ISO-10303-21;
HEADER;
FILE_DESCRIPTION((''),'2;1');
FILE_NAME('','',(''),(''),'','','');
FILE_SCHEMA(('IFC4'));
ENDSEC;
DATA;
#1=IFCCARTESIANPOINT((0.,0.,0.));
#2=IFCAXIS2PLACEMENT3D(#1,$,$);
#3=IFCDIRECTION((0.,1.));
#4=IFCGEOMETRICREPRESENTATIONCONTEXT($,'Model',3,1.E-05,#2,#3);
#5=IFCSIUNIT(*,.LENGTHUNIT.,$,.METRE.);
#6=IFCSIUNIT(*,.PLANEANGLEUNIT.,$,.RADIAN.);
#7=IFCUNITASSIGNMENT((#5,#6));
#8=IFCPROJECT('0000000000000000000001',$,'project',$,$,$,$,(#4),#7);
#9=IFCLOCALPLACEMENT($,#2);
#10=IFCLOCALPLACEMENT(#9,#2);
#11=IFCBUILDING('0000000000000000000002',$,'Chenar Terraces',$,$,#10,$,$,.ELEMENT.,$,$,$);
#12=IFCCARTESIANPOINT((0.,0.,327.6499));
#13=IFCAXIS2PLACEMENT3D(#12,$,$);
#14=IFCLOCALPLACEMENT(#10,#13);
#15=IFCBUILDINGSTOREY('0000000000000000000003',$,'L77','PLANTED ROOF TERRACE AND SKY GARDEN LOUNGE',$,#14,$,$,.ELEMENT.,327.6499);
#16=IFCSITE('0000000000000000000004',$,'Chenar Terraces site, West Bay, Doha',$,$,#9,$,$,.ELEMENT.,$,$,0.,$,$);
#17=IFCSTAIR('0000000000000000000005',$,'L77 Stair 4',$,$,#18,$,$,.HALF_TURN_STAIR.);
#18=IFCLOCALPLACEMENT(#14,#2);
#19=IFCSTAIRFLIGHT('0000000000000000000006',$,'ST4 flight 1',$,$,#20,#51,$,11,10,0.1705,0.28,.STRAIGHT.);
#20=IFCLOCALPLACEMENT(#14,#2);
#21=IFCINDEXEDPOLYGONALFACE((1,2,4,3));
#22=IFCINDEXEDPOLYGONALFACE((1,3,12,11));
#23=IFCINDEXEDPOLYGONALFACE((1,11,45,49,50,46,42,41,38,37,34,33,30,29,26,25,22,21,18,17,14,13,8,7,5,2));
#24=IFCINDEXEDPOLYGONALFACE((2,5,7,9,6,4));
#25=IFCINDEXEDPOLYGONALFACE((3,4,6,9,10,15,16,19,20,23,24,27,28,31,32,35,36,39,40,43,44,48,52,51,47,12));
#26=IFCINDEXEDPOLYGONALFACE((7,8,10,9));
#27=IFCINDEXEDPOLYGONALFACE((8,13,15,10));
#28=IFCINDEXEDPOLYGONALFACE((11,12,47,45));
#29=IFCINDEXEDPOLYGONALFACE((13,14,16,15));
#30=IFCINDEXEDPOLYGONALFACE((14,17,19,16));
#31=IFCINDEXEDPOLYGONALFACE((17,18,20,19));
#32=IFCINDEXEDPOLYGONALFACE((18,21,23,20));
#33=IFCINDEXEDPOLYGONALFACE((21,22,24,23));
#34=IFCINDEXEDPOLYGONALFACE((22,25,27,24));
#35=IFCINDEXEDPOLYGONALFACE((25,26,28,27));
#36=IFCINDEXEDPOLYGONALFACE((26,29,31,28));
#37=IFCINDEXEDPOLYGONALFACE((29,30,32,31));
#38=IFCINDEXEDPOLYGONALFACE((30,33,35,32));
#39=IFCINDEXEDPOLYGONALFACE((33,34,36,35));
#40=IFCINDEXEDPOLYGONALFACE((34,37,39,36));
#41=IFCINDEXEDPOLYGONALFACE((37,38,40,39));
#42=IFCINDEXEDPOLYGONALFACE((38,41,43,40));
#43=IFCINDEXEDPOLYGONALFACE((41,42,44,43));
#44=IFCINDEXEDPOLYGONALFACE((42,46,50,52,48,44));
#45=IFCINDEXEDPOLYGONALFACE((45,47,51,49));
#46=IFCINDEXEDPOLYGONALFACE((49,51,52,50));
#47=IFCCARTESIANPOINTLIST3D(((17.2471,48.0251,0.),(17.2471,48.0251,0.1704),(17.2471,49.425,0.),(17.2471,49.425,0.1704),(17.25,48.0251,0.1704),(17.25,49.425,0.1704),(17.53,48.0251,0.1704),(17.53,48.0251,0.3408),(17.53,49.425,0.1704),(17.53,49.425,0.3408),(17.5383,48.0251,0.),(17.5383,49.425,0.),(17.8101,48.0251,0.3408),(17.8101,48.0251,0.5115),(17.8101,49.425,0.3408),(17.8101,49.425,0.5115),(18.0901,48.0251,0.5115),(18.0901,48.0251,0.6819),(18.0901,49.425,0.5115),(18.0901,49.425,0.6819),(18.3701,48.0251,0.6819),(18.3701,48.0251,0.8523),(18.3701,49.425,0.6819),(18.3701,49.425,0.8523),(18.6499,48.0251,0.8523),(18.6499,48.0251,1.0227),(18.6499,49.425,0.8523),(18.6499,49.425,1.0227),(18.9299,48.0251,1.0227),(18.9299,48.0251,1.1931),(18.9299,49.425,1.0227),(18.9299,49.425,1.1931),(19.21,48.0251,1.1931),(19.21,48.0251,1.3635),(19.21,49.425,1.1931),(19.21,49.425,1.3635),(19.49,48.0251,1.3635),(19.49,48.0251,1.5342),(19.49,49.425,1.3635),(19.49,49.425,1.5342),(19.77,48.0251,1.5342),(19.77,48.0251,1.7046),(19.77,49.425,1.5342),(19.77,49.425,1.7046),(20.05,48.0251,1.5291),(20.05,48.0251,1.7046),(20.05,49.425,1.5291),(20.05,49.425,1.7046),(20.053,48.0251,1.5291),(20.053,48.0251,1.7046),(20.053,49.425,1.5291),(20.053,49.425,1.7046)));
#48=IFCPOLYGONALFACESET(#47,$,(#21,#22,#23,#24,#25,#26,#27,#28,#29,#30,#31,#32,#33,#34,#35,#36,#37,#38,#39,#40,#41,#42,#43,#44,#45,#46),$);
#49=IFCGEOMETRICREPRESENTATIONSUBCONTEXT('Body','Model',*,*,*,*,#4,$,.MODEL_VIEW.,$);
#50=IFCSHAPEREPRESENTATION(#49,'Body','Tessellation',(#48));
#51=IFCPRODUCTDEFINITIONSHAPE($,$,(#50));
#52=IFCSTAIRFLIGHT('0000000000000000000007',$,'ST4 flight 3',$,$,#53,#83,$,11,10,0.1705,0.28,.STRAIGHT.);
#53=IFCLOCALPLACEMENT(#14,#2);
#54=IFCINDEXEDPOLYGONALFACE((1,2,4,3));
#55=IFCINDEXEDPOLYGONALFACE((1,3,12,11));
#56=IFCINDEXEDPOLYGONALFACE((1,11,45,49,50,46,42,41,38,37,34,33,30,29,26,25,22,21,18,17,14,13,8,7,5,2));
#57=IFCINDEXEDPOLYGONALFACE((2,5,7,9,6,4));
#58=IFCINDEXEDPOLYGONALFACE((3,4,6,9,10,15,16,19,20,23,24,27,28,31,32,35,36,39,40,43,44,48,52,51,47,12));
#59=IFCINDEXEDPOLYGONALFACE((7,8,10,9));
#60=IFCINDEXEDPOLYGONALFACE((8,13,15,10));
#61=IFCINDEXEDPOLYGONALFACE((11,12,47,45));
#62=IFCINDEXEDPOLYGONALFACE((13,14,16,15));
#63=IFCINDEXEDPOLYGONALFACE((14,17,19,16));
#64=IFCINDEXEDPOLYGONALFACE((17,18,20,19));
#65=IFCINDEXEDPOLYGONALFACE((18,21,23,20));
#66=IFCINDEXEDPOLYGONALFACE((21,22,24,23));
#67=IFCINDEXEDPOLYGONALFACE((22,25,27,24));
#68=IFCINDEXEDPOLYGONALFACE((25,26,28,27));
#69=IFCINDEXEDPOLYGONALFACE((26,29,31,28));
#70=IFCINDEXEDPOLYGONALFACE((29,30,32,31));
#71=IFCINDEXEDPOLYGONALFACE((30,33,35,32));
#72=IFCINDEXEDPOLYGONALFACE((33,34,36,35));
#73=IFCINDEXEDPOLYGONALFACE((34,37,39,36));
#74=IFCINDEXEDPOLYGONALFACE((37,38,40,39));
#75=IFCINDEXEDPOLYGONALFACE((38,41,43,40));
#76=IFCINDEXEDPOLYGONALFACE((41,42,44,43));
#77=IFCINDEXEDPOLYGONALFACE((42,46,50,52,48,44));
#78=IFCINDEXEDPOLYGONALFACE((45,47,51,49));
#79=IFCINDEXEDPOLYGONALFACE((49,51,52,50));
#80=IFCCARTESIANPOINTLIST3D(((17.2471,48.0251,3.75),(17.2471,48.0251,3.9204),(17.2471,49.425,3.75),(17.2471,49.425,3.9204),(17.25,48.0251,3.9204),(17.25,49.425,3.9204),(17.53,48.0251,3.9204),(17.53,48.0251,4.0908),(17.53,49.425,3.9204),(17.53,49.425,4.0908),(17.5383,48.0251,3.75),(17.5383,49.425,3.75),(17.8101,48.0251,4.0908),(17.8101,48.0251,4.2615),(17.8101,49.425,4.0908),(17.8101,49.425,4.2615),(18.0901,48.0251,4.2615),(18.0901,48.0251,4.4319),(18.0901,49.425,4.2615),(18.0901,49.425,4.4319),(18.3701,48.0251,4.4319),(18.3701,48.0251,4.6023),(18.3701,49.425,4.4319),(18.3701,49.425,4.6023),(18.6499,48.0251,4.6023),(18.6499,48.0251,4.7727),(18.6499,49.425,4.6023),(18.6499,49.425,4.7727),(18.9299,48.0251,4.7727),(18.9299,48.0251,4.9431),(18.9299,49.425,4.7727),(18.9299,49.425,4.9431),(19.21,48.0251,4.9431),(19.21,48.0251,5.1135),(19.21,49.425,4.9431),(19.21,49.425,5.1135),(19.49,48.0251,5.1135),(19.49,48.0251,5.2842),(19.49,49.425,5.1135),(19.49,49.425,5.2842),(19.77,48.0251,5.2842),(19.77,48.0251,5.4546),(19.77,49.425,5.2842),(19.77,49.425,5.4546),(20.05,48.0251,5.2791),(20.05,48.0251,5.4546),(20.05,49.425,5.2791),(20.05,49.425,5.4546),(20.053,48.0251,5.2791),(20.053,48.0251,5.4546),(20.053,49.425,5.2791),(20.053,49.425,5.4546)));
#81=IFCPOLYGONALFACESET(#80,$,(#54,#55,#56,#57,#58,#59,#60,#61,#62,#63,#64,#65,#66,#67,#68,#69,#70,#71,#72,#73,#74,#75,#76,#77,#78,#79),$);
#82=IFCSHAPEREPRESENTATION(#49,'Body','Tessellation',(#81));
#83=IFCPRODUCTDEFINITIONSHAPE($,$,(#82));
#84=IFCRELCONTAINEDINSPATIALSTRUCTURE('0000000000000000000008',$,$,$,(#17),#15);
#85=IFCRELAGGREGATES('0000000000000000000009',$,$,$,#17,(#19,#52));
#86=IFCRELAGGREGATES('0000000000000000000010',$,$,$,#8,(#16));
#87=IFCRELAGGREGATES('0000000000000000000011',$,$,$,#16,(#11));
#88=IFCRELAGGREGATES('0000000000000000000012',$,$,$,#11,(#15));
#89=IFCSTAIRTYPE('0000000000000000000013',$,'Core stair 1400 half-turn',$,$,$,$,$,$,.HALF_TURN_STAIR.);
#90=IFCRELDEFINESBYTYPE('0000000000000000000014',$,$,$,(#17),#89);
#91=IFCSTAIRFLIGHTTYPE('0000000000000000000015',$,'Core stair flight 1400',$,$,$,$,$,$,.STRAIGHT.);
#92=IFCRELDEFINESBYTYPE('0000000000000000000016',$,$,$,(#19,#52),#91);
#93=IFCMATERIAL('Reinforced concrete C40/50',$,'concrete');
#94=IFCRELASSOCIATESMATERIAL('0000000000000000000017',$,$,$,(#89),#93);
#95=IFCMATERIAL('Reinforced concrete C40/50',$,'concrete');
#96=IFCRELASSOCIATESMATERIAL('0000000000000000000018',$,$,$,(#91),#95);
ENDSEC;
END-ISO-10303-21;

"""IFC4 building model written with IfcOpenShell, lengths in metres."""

from ifc_helpers import new_model, si_unit, direction, frame, origin, place, context, subcontext, project, spatial, polyline, outline, extrude, material, type_object, element, aggregate, save


model = new_model("IFC4")

# Units and contexts
model_context = context("Model", 3, precision=1e-05, world=origin(), true_north=direction((0.0, 1.0)))
body_context = subcontext(model_context, "Body", "Model", "MODEL_VIEW")
ifc_project = project(units=[si_unit("LENGTHUNIT", "METRE"), si_unit("PLANEANGLEUNIT", "RADIAN")], contexts=[model_context])

# Site, building, storey
site_placement = place(None, origin())
site = spatial("IfcSite", under=ifc_project, at=site_placement, Name="Chenar Terraces site, West Bay, Doha", CompositionType="ELEMENT", RefElevation=0.0)
building_placement = place(site_placement, origin())
building = spatial("IfcBuilding", under=site, at=building_placement, Name="Chenar Terraces", CompositionType="ELEMENT")
storey_placement = place(building_placement, frame((0.0, 0.0, 327.6499)))
storey = spatial("IfcBuildingStorey", under=building, at=storey_placement, Name="L77", Description="PLANTED ROOF TERRACE AND SKY GARDEN LOUNGE", CompositionType="ELEMENT", Elevation=327.6499)

# Shared definitions
placement_1 = place(storey_placement, origin())

# Stair, stair flights
ifc_material_1 = material(Name="Reinforced concrete C40/50", Category="concrete")
stair_type = type_object("IfcStairType", Name="Core stair 1400 half-turn", PredefinedType="HALF_TURN_STAIR", material=ifc_material_1)
stair = element("IfcStair", 1, at=placement_1, inside=storey, type_object=stair_type, Name="L77 Stair 4", PredefinedType="HALF_TURN_STAIR")
ifc_material_2 = material(Name="Reinforced concrete C40/50", Category="concrete")
stair_flight_type = type_object("IfcStairFlightType", Name="Core stair flight 1400", PredefinedType="STRAIGHT", material=ifc_material_2)
stair_flight_1_placement = place(storey_placement, frame((17.25, 48.7251, 0.0), z_axis=(0.0, 0.0, 1.0), x_axis=(1.0, 0.0, 0.0)))
stair_flight_1 = element("IfcStairFlight", 2, at=stair_flight_1_placement, type_object=stair_flight_type, Name="ST4 flight 1", NumberOfRisers=11, NumberOfTreads=10, PredefinedType="STRAIGHT", RiserHeight=0.1705, TreadLength=0.28, context=body_context, shape_type="SweptSolid", body=[
    extrude(outline(polyline([(-0.0029, 0.0), (-0.0029, 0.1704), (0.0, 0.1704), (0.28, 0.1704), (0.28, 0.3408), (0.5601, 0.3408), (0.5601, 0.5115), (0.8401, 0.5115), (0.8401, 0.6819), (1.1201, 0.6819), (1.1201, 0.8523), (1.3999, 0.8523), (1.3999, 1.0227), (1.6799, 1.0227), (1.6799, 1.1931), (1.96, 1.1931), (1.96, 1.3635), (2.24, 1.3635), (2.24, 1.5342), (2.52, 1.5342), (2.52, 1.7046), (2.8, 1.7046), (2.803, 1.7046), (2.803, 1.5291), (2.8, 1.5291), (0.2883, 0.0), (-0.0029, 0.0)])), frame((0.0, 0.7, 0.0), z_axis=(0.0, -1.0, 0.0), x_axis=(1.0, 0.0, 0.0)), (0.0, 0.0, 1.0), 1.3999),
])
stair_flight_2_placement = place(storey_placement, frame((17.25, 48.7251, 3.75), z_axis=(0.0, 0.0, 1.0), x_axis=(1.0, 0.0, 0.0)))
stair_flight_2 = element("IfcStairFlight", 3, at=stair_flight_2_placement, type_object=stair_flight_type, Name="ST4 flight 3", NumberOfRisers=11, NumberOfTreads=10, PredefinedType="STRAIGHT", RiserHeight=0.1705, TreadLength=0.28, context=body_context, shape_type="SweptSolid", body=[
    extrude(outline(polyline([(-0.0029, 0.0), (-0.0029, 0.1704), (0.0, 0.1704), (0.28, 0.1704), (0.28, 0.3408), (0.5601, 0.3408), (0.5601, 0.5115), (0.8401, 0.5115), (0.8401, 0.6819), (1.1201, 0.6819), (1.1201, 0.8523), (1.3999, 0.8523), (1.3999, 1.0227), (1.6799, 1.0227), (1.6799, 1.1931), (1.96, 1.1931), (1.96, 1.3635), (2.24, 1.3635), (2.24, 1.5342), (2.52, 1.5342), (2.52, 1.7046), (2.8, 1.7046), (2.803, 1.7046), (2.803, 1.5291), (2.8, 1.5291), (0.2883, 0.0), (-0.0029, 0.0)])), frame((0.0, 0.7, 0.0), z_axis=(0.0, -1.0, 0.0), x_axis=(1.0, 0.0, 0.0)), (0.0, 0.0, 1.0), 1.3999),
])
aggregate(stair, [stair_flight_1, stair_flight_2])

save(model, "model.ifc")
